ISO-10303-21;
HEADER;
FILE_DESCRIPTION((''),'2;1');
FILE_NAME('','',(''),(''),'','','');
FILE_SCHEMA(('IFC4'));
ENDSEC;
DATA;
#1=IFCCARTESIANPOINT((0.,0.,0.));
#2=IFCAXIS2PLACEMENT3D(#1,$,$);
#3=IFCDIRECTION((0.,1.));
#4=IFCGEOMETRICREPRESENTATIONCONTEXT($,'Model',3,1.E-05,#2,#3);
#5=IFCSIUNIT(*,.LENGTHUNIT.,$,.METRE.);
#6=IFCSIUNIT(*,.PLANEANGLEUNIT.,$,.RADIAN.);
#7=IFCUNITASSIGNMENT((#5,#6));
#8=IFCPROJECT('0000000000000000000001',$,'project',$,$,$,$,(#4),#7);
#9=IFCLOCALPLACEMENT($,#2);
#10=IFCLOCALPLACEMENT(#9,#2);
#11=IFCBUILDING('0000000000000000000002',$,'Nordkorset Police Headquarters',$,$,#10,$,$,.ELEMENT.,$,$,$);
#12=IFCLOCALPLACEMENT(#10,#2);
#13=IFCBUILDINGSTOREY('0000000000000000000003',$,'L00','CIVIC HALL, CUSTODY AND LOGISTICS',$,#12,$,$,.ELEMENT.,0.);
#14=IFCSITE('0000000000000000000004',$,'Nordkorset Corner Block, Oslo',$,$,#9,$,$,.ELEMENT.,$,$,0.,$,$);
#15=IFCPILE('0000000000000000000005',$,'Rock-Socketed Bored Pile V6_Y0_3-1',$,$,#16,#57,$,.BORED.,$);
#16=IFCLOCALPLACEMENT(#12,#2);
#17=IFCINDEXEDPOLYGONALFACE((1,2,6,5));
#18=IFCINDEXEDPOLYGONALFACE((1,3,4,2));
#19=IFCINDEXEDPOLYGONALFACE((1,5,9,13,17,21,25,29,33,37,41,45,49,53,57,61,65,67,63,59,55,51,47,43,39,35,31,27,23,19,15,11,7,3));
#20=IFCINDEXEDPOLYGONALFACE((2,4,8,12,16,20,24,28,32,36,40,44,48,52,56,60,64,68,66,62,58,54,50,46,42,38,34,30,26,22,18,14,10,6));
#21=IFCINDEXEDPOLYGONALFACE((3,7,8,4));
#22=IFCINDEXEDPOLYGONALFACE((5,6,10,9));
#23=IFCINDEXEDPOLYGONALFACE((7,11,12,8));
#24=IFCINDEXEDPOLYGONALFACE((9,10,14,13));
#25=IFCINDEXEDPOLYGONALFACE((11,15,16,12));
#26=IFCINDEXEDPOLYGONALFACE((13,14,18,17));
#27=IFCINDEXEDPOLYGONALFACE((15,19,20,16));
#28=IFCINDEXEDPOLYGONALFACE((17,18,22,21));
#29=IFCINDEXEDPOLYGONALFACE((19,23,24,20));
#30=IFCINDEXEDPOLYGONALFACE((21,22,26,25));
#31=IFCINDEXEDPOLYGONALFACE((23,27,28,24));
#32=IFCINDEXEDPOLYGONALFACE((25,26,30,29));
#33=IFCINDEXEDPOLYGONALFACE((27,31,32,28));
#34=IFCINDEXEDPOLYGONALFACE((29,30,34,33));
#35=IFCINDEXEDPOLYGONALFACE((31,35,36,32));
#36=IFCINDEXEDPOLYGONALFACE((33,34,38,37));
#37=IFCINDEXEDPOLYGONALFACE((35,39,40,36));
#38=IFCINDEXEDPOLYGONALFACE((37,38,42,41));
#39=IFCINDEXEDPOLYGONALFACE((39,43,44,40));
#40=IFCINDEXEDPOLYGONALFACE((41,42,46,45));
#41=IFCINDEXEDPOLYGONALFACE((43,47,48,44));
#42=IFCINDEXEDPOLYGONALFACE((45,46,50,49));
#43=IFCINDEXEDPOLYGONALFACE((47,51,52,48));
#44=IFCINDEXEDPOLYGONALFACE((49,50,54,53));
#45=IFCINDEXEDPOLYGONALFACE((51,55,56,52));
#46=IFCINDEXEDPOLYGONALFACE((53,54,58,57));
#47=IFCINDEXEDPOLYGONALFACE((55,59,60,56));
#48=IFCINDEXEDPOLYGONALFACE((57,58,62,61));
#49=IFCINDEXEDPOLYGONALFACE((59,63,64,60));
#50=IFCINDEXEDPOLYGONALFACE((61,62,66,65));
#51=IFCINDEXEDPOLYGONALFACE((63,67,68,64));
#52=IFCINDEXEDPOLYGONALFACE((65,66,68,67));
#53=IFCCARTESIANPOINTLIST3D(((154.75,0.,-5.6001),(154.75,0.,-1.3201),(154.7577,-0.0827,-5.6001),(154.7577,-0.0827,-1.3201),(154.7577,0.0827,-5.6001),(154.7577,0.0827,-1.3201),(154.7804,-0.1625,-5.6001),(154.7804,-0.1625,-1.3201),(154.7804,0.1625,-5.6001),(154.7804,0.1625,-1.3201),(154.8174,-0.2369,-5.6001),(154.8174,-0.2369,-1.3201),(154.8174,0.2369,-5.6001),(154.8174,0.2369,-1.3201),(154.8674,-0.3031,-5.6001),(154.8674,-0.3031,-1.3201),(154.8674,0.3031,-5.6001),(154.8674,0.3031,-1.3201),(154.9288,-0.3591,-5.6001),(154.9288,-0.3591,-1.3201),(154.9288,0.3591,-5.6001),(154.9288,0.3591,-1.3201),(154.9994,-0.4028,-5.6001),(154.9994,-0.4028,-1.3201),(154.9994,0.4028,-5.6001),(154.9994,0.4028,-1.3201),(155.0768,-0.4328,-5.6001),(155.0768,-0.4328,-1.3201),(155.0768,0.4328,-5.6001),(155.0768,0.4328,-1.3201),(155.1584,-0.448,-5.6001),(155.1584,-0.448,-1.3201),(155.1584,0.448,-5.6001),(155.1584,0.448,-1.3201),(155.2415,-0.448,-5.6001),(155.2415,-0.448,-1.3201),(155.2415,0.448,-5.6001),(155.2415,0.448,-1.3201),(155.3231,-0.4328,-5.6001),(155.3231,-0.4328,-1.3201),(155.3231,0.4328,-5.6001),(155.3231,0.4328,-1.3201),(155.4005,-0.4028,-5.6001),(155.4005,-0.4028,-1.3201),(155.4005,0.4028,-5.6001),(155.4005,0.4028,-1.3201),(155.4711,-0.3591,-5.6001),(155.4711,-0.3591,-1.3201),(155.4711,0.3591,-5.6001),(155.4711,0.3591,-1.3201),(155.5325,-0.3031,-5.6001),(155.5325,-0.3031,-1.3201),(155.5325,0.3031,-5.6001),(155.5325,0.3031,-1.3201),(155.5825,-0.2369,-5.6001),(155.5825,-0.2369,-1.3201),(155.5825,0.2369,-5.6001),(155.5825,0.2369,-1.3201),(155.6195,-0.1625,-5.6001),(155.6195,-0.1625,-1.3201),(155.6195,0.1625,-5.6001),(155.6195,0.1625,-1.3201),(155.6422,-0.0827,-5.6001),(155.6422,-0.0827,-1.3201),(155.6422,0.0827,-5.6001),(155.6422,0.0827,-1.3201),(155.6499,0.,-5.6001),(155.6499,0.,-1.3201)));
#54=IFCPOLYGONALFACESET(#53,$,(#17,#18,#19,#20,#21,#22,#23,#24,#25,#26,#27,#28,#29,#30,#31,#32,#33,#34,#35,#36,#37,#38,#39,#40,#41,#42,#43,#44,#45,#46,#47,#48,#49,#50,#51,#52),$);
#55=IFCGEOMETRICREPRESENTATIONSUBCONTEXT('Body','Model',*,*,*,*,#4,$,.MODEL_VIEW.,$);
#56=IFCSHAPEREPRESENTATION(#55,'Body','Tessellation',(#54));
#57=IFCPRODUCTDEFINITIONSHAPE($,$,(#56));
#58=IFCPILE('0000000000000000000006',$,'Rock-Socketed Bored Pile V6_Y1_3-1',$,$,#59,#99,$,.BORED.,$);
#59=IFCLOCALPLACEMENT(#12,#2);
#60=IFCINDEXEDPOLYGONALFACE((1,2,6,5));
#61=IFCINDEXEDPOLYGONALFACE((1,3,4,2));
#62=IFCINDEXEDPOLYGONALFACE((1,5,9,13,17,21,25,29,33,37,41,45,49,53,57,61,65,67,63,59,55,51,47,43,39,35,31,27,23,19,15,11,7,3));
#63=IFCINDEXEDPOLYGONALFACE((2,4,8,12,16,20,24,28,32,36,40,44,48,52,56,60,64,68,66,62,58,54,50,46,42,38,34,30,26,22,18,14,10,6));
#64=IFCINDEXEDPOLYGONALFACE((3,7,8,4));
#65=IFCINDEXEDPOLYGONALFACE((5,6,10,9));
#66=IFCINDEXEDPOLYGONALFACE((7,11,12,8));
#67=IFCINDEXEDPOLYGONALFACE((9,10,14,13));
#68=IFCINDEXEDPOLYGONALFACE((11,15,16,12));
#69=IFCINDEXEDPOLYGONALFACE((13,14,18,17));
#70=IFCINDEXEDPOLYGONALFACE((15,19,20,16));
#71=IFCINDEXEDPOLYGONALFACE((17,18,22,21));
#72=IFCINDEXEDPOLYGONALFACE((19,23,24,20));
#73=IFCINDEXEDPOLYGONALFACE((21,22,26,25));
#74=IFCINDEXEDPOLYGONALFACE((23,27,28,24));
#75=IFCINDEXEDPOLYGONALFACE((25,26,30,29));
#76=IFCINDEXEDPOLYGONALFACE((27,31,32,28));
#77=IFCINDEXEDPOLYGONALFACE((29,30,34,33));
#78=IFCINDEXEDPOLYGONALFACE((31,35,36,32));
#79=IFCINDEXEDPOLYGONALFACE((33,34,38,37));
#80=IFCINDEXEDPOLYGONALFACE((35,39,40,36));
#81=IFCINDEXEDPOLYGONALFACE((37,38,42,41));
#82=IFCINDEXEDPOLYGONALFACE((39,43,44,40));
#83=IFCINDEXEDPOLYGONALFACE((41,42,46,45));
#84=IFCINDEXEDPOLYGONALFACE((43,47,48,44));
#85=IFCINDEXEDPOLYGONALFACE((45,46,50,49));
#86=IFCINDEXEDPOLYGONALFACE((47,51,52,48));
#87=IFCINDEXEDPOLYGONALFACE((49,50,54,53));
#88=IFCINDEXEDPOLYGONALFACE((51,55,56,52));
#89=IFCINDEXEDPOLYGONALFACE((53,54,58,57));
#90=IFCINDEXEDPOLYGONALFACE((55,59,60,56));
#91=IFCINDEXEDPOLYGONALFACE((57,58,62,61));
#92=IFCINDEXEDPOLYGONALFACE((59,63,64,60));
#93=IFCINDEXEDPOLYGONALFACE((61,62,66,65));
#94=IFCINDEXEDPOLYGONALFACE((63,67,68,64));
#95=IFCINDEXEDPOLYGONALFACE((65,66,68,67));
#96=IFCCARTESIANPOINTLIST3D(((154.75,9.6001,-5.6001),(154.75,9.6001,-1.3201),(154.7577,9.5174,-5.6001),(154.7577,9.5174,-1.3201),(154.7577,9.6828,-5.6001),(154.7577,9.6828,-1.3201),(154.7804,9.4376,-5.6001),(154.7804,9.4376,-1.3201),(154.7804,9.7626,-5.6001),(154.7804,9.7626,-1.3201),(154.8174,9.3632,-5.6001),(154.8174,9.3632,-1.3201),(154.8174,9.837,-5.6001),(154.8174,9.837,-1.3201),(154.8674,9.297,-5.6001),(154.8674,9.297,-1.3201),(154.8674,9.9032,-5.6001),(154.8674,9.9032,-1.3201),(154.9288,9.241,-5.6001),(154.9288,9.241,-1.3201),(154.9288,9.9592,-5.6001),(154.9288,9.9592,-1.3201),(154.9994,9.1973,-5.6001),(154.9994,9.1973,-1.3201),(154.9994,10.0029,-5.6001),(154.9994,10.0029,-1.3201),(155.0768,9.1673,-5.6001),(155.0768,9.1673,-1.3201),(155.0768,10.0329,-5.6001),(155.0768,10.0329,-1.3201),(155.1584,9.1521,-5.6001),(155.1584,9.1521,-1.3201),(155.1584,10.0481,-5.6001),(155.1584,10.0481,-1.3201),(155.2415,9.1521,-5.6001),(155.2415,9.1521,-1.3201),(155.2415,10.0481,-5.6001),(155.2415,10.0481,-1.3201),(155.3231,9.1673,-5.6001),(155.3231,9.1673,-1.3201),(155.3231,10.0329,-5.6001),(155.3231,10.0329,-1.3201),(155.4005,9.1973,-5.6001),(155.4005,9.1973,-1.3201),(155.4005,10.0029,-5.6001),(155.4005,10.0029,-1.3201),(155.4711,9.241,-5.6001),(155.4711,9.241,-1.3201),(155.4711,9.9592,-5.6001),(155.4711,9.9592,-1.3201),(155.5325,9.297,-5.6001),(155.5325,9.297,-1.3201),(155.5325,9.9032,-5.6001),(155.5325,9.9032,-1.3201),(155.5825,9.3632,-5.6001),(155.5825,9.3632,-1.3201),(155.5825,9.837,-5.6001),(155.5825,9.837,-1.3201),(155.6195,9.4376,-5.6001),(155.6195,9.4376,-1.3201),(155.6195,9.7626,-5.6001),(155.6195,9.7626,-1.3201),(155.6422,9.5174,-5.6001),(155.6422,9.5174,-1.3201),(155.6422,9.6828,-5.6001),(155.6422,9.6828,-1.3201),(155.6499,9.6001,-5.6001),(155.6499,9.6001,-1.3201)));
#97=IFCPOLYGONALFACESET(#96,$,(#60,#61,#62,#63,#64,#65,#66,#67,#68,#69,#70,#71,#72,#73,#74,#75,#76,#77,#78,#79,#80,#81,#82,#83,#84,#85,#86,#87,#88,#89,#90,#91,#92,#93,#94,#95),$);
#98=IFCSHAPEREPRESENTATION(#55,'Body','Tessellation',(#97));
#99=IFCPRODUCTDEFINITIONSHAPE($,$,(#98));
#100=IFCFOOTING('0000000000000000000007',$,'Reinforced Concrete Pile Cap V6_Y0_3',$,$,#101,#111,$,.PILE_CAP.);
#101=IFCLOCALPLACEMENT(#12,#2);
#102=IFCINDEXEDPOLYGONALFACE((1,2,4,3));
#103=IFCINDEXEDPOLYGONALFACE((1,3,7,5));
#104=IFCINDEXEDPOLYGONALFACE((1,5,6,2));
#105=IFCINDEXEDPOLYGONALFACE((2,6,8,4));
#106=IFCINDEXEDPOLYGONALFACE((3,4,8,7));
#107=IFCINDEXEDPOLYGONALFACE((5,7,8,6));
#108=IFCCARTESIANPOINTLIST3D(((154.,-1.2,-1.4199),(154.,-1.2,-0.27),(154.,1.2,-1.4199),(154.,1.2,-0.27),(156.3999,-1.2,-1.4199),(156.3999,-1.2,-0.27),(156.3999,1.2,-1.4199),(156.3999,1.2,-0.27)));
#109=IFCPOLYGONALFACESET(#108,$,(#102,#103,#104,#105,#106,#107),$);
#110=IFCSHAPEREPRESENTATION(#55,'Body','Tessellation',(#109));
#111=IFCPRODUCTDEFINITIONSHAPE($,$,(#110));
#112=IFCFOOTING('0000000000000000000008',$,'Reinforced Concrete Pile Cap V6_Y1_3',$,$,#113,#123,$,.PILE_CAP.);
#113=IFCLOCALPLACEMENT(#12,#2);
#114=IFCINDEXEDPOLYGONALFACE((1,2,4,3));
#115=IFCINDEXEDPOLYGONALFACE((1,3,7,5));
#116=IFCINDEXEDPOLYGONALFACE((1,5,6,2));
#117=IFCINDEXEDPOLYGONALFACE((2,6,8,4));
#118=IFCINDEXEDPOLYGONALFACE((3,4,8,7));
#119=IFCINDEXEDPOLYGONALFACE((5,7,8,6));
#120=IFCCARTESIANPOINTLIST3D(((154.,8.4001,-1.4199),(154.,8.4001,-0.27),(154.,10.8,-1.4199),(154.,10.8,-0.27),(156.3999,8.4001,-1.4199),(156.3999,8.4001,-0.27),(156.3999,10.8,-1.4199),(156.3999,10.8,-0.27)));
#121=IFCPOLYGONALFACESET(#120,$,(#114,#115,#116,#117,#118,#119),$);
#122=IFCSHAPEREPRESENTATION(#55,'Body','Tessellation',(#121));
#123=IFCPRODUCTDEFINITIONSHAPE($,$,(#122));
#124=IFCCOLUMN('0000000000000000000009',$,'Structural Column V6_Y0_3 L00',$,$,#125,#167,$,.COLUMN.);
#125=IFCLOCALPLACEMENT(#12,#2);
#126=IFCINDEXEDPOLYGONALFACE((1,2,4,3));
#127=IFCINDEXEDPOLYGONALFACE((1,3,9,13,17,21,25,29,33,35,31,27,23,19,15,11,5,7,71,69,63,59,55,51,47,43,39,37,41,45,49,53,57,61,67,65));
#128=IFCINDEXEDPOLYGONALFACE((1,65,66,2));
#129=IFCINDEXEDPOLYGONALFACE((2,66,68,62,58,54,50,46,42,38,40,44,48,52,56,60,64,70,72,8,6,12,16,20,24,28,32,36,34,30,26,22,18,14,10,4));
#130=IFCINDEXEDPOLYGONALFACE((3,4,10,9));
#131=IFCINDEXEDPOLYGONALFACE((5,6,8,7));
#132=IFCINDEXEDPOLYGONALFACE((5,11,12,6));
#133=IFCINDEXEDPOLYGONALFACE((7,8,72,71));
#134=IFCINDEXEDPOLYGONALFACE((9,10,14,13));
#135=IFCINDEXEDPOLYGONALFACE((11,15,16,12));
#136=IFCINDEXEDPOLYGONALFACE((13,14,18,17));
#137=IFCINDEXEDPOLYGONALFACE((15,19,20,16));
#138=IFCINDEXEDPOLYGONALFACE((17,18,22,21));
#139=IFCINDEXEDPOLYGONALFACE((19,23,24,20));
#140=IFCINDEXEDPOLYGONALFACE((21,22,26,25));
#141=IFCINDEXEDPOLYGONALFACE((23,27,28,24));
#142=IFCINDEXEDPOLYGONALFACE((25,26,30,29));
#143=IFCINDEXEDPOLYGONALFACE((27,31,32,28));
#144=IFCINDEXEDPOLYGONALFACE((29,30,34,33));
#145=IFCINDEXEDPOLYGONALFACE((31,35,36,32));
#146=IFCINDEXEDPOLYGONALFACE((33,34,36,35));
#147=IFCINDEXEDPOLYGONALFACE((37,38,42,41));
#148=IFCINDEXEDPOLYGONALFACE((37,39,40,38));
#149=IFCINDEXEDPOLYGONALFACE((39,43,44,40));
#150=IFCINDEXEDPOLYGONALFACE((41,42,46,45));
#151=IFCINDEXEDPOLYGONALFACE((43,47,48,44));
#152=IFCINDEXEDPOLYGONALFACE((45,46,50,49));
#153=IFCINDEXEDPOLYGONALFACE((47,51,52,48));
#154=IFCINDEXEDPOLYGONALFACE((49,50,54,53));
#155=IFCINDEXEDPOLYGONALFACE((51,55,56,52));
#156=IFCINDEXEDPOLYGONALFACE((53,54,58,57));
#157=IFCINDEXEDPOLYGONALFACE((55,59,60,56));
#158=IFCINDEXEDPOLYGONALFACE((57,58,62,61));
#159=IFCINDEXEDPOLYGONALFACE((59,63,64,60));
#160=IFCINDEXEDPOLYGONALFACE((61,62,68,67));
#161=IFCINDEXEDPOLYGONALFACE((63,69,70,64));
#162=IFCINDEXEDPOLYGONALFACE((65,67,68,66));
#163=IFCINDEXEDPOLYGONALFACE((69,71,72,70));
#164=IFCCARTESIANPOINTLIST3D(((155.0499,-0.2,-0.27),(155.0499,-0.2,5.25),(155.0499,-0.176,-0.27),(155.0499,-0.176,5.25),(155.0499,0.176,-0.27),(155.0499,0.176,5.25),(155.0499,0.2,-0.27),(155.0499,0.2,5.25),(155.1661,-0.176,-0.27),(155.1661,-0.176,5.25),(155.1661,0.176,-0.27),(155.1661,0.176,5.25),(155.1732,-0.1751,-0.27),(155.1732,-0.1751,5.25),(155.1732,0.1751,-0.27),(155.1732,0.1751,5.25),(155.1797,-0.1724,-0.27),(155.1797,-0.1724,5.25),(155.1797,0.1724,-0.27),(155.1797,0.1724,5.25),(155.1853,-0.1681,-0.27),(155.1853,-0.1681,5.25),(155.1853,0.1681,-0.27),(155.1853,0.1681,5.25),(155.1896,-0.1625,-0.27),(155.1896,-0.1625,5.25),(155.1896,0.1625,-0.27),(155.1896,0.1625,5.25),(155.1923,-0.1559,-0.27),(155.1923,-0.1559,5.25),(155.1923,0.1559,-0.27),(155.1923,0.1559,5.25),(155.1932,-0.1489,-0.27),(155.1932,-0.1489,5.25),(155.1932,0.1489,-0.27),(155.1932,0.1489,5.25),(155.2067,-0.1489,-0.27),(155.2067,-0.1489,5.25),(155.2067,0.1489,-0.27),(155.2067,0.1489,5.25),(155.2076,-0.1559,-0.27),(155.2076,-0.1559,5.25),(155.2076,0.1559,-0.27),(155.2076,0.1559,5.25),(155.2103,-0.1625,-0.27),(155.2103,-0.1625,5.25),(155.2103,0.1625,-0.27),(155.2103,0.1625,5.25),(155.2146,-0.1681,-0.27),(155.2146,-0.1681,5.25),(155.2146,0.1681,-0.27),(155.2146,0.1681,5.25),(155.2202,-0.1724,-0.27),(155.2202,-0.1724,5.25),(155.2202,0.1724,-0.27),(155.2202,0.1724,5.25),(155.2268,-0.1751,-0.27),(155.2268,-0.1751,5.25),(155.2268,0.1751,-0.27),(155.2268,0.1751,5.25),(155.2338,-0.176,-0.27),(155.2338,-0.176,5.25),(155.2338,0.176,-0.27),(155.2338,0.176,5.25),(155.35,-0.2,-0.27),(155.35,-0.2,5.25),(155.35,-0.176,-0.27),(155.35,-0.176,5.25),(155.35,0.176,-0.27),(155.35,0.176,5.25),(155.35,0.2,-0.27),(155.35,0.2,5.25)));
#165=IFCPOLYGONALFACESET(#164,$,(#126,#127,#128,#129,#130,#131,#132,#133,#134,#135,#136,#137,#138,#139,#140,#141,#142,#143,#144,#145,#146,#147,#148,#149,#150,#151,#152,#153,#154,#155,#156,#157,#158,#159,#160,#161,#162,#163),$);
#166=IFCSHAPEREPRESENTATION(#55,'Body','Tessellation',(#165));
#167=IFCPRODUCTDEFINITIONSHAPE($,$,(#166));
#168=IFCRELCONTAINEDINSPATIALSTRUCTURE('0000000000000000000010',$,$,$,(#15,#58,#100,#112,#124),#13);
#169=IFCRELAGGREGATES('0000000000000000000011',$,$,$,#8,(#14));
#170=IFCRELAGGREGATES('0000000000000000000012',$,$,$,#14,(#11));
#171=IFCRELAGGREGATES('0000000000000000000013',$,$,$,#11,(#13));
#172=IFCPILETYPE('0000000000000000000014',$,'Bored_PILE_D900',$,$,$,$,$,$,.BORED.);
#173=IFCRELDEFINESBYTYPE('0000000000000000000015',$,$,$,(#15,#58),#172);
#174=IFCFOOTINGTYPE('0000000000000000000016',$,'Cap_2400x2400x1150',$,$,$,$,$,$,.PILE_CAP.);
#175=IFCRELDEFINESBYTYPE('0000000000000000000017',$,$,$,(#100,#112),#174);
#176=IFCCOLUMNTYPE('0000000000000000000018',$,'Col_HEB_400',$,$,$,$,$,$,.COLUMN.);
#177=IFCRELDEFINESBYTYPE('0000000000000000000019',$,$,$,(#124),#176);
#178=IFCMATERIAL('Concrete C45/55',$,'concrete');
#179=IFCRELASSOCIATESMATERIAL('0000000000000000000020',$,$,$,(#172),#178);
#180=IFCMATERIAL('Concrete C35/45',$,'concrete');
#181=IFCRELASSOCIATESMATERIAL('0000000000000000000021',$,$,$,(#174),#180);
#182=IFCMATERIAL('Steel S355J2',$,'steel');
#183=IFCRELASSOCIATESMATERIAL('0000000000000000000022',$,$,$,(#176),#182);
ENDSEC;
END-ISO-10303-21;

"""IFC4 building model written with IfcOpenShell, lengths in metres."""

from ifc_helpers import new_model, si_unit, direction, frame, origin, origin_2d, place, context, subcontext, project, spatial, rectangle, circle, i_section, extrude, material, material_profile, profile_set, type_object, element, save


model = new_model("IFC4")

# Units and contexts
model_context = context("Model", 3, precision=1e-05, world=origin(), true_north=direction((0.0, 1.0)))
body_context = subcontext(model_context, "Body", "Model", "MODEL_VIEW")
ifc_project = project(units=[si_unit("LENGTHUNIT", "METRE"), si_unit("PLANEANGLEUNIT", "RADIAN")], contexts=[model_context])

# Site, building, storey
site_placement = place(None, origin())
site = spatial("IfcSite", under=ifc_project, at=site_placement, Name="Nordkorset Corner Block, Oslo", CompositionType="ELEMENT", RefElevation=0.0)
building_placement = place(site_placement, origin())
building = spatial("IfcBuilding", under=site, at=building_placement, Name="Nordkorset Police Headquarters", CompositionType="ELEMENT")
storey_placement = place(building_placement, origin())
storey = spatial("IfcBuildingStorey", under=building, at=storey_placement, Name="L00", Description="CIVIC HALL, CUSTODY AND LOGISTICS", CompositionType="ELEMENT", Elevation=0.0)

# Piles
ifc_material_1 = material(Name="Concrete C45/55", Category="concrete")
ifc_material_profile_1 = material_profile(ifc_material_1, circle(Radius=0.45, at=origin_2d()), Name="PILE D900")
ifc_profile_set_1 = profile_set([ifc_material_profile_1], Name="Concrete C45/55")
pile_type = type_object("IfcPileType", Name="Bored_PILE_D900", PredefinedType="BORED", material=ifc_profile_set_1)
for number, where, z_axis, x_axis, name in (
    (1, (155.2, 0.0, -1.3201), (0.0, 0.0, -1.0), (1.0, 0.0, 0.0), "Rock-Socketed Bored Pile V6_Y0_3-1"),
    (2, (155.2, 9.6001, -1.3201), (0.0, 0.0, -1.0), (1.0, 0.0, 0.0), "Rock-Socketed Bored Pile V6_Y1_3-1"),
):
    element("IfcPile", number, at=place(storey_placement, frame(where, z_axis=z_axis, x_axis=x_axis)), inside=storey, type_object=pile_type, Name=name, PredefinedType="BORED", context=body_context, shape_type="SweptSolid", body=[
        extrude(circle(Radius=0.45, at=origin_2d()), origin(), (0.0, 0.0, 1.0), 4.28),
    ])

# Footings
ifc_material_2 = material(Name="Concrete C35/45", Category="concrete")
footing_type = type_object("IfcFootingType", Name="Cap_2400x2400x1150", PredefinedType="PILE_CAP", material=ifc_material_2)
for number, where, z_axis, x_axis, name in (
    (3, (155.2, 0.0, -1.4199), (0.0, 0.0, 1.0), (1.0, 0.0, 0.0), "Reinforced Concrete Pile Cap V6_Y0_3"),
    (4, (155.2, 9.6001, -1.4199), (0.0, 0.0, 1.0), (1.0, 0.0, 0.0), "Reinforced Concrete Pile Cap V6_Y1_3"),
):
    element("IfcFooting", number, at=place(storey_placement, frame(where, z_axis=z_axis, x_axis=x_axis)), inside=storey, type_object=footing_type, Name=name, PredefinedType="PILE_CAP", context=body_context, shape_type="SweptSolid", body=[
        extrude(rectangle(XDim=2.3999, YDim=2.3999, at=origin_2d()), origin(), (0.0, 0.0, 1.0), 1.1499),
    ])

# Column
ifc_material_3 = material(Name="Steel S355J2", Category="steel")
ifc_material_profile_2 = material_profile(ifc_material_3, i_section(OverallWidth=0.3, OverallDepth=0.3999, WebThickness=0.0134, FlangeThickness=0.0239, FilletRadius=0.0271, at=origin_2d()), Name="HEB 400")
ifc_profile_set_2 = profile_set([ifc_material_profile_2], Name="Steel S355J2")
column_type = type_object("IfcColumnType", Name="Col_HEB_400", PredefinedType="COLUMN", material=ifc_profile_set_2)
for number, where, z_axis, x_axis, name in (
    (5, (155.2, 0.0, -0.27), (0.0, 0.0, 1.0), (1.0, 0.0, 0.0), "Structural Column V6_Y0_3 L00"),
):
    element("IfcColumn", number, at=place(storey_placement, frame(where, z_axis=z_axis, x_axis=x_axis)), inside=storey, type_object=column_type, Name=name, PredefinedType="COLUMN", context=body_context, shape_type="SweptSolid", body=[
        extrude(i_section(OverallWidth=0.3, OverallDepth=0.3999, WebThickness=0.0134, FlangeThickness=0.0239, FilletRadius=0.0271, at=origin_2d()), origin(), (0.0, 0.0, 1.0), 5.52),
    ])

save(model, "model.ifc")
